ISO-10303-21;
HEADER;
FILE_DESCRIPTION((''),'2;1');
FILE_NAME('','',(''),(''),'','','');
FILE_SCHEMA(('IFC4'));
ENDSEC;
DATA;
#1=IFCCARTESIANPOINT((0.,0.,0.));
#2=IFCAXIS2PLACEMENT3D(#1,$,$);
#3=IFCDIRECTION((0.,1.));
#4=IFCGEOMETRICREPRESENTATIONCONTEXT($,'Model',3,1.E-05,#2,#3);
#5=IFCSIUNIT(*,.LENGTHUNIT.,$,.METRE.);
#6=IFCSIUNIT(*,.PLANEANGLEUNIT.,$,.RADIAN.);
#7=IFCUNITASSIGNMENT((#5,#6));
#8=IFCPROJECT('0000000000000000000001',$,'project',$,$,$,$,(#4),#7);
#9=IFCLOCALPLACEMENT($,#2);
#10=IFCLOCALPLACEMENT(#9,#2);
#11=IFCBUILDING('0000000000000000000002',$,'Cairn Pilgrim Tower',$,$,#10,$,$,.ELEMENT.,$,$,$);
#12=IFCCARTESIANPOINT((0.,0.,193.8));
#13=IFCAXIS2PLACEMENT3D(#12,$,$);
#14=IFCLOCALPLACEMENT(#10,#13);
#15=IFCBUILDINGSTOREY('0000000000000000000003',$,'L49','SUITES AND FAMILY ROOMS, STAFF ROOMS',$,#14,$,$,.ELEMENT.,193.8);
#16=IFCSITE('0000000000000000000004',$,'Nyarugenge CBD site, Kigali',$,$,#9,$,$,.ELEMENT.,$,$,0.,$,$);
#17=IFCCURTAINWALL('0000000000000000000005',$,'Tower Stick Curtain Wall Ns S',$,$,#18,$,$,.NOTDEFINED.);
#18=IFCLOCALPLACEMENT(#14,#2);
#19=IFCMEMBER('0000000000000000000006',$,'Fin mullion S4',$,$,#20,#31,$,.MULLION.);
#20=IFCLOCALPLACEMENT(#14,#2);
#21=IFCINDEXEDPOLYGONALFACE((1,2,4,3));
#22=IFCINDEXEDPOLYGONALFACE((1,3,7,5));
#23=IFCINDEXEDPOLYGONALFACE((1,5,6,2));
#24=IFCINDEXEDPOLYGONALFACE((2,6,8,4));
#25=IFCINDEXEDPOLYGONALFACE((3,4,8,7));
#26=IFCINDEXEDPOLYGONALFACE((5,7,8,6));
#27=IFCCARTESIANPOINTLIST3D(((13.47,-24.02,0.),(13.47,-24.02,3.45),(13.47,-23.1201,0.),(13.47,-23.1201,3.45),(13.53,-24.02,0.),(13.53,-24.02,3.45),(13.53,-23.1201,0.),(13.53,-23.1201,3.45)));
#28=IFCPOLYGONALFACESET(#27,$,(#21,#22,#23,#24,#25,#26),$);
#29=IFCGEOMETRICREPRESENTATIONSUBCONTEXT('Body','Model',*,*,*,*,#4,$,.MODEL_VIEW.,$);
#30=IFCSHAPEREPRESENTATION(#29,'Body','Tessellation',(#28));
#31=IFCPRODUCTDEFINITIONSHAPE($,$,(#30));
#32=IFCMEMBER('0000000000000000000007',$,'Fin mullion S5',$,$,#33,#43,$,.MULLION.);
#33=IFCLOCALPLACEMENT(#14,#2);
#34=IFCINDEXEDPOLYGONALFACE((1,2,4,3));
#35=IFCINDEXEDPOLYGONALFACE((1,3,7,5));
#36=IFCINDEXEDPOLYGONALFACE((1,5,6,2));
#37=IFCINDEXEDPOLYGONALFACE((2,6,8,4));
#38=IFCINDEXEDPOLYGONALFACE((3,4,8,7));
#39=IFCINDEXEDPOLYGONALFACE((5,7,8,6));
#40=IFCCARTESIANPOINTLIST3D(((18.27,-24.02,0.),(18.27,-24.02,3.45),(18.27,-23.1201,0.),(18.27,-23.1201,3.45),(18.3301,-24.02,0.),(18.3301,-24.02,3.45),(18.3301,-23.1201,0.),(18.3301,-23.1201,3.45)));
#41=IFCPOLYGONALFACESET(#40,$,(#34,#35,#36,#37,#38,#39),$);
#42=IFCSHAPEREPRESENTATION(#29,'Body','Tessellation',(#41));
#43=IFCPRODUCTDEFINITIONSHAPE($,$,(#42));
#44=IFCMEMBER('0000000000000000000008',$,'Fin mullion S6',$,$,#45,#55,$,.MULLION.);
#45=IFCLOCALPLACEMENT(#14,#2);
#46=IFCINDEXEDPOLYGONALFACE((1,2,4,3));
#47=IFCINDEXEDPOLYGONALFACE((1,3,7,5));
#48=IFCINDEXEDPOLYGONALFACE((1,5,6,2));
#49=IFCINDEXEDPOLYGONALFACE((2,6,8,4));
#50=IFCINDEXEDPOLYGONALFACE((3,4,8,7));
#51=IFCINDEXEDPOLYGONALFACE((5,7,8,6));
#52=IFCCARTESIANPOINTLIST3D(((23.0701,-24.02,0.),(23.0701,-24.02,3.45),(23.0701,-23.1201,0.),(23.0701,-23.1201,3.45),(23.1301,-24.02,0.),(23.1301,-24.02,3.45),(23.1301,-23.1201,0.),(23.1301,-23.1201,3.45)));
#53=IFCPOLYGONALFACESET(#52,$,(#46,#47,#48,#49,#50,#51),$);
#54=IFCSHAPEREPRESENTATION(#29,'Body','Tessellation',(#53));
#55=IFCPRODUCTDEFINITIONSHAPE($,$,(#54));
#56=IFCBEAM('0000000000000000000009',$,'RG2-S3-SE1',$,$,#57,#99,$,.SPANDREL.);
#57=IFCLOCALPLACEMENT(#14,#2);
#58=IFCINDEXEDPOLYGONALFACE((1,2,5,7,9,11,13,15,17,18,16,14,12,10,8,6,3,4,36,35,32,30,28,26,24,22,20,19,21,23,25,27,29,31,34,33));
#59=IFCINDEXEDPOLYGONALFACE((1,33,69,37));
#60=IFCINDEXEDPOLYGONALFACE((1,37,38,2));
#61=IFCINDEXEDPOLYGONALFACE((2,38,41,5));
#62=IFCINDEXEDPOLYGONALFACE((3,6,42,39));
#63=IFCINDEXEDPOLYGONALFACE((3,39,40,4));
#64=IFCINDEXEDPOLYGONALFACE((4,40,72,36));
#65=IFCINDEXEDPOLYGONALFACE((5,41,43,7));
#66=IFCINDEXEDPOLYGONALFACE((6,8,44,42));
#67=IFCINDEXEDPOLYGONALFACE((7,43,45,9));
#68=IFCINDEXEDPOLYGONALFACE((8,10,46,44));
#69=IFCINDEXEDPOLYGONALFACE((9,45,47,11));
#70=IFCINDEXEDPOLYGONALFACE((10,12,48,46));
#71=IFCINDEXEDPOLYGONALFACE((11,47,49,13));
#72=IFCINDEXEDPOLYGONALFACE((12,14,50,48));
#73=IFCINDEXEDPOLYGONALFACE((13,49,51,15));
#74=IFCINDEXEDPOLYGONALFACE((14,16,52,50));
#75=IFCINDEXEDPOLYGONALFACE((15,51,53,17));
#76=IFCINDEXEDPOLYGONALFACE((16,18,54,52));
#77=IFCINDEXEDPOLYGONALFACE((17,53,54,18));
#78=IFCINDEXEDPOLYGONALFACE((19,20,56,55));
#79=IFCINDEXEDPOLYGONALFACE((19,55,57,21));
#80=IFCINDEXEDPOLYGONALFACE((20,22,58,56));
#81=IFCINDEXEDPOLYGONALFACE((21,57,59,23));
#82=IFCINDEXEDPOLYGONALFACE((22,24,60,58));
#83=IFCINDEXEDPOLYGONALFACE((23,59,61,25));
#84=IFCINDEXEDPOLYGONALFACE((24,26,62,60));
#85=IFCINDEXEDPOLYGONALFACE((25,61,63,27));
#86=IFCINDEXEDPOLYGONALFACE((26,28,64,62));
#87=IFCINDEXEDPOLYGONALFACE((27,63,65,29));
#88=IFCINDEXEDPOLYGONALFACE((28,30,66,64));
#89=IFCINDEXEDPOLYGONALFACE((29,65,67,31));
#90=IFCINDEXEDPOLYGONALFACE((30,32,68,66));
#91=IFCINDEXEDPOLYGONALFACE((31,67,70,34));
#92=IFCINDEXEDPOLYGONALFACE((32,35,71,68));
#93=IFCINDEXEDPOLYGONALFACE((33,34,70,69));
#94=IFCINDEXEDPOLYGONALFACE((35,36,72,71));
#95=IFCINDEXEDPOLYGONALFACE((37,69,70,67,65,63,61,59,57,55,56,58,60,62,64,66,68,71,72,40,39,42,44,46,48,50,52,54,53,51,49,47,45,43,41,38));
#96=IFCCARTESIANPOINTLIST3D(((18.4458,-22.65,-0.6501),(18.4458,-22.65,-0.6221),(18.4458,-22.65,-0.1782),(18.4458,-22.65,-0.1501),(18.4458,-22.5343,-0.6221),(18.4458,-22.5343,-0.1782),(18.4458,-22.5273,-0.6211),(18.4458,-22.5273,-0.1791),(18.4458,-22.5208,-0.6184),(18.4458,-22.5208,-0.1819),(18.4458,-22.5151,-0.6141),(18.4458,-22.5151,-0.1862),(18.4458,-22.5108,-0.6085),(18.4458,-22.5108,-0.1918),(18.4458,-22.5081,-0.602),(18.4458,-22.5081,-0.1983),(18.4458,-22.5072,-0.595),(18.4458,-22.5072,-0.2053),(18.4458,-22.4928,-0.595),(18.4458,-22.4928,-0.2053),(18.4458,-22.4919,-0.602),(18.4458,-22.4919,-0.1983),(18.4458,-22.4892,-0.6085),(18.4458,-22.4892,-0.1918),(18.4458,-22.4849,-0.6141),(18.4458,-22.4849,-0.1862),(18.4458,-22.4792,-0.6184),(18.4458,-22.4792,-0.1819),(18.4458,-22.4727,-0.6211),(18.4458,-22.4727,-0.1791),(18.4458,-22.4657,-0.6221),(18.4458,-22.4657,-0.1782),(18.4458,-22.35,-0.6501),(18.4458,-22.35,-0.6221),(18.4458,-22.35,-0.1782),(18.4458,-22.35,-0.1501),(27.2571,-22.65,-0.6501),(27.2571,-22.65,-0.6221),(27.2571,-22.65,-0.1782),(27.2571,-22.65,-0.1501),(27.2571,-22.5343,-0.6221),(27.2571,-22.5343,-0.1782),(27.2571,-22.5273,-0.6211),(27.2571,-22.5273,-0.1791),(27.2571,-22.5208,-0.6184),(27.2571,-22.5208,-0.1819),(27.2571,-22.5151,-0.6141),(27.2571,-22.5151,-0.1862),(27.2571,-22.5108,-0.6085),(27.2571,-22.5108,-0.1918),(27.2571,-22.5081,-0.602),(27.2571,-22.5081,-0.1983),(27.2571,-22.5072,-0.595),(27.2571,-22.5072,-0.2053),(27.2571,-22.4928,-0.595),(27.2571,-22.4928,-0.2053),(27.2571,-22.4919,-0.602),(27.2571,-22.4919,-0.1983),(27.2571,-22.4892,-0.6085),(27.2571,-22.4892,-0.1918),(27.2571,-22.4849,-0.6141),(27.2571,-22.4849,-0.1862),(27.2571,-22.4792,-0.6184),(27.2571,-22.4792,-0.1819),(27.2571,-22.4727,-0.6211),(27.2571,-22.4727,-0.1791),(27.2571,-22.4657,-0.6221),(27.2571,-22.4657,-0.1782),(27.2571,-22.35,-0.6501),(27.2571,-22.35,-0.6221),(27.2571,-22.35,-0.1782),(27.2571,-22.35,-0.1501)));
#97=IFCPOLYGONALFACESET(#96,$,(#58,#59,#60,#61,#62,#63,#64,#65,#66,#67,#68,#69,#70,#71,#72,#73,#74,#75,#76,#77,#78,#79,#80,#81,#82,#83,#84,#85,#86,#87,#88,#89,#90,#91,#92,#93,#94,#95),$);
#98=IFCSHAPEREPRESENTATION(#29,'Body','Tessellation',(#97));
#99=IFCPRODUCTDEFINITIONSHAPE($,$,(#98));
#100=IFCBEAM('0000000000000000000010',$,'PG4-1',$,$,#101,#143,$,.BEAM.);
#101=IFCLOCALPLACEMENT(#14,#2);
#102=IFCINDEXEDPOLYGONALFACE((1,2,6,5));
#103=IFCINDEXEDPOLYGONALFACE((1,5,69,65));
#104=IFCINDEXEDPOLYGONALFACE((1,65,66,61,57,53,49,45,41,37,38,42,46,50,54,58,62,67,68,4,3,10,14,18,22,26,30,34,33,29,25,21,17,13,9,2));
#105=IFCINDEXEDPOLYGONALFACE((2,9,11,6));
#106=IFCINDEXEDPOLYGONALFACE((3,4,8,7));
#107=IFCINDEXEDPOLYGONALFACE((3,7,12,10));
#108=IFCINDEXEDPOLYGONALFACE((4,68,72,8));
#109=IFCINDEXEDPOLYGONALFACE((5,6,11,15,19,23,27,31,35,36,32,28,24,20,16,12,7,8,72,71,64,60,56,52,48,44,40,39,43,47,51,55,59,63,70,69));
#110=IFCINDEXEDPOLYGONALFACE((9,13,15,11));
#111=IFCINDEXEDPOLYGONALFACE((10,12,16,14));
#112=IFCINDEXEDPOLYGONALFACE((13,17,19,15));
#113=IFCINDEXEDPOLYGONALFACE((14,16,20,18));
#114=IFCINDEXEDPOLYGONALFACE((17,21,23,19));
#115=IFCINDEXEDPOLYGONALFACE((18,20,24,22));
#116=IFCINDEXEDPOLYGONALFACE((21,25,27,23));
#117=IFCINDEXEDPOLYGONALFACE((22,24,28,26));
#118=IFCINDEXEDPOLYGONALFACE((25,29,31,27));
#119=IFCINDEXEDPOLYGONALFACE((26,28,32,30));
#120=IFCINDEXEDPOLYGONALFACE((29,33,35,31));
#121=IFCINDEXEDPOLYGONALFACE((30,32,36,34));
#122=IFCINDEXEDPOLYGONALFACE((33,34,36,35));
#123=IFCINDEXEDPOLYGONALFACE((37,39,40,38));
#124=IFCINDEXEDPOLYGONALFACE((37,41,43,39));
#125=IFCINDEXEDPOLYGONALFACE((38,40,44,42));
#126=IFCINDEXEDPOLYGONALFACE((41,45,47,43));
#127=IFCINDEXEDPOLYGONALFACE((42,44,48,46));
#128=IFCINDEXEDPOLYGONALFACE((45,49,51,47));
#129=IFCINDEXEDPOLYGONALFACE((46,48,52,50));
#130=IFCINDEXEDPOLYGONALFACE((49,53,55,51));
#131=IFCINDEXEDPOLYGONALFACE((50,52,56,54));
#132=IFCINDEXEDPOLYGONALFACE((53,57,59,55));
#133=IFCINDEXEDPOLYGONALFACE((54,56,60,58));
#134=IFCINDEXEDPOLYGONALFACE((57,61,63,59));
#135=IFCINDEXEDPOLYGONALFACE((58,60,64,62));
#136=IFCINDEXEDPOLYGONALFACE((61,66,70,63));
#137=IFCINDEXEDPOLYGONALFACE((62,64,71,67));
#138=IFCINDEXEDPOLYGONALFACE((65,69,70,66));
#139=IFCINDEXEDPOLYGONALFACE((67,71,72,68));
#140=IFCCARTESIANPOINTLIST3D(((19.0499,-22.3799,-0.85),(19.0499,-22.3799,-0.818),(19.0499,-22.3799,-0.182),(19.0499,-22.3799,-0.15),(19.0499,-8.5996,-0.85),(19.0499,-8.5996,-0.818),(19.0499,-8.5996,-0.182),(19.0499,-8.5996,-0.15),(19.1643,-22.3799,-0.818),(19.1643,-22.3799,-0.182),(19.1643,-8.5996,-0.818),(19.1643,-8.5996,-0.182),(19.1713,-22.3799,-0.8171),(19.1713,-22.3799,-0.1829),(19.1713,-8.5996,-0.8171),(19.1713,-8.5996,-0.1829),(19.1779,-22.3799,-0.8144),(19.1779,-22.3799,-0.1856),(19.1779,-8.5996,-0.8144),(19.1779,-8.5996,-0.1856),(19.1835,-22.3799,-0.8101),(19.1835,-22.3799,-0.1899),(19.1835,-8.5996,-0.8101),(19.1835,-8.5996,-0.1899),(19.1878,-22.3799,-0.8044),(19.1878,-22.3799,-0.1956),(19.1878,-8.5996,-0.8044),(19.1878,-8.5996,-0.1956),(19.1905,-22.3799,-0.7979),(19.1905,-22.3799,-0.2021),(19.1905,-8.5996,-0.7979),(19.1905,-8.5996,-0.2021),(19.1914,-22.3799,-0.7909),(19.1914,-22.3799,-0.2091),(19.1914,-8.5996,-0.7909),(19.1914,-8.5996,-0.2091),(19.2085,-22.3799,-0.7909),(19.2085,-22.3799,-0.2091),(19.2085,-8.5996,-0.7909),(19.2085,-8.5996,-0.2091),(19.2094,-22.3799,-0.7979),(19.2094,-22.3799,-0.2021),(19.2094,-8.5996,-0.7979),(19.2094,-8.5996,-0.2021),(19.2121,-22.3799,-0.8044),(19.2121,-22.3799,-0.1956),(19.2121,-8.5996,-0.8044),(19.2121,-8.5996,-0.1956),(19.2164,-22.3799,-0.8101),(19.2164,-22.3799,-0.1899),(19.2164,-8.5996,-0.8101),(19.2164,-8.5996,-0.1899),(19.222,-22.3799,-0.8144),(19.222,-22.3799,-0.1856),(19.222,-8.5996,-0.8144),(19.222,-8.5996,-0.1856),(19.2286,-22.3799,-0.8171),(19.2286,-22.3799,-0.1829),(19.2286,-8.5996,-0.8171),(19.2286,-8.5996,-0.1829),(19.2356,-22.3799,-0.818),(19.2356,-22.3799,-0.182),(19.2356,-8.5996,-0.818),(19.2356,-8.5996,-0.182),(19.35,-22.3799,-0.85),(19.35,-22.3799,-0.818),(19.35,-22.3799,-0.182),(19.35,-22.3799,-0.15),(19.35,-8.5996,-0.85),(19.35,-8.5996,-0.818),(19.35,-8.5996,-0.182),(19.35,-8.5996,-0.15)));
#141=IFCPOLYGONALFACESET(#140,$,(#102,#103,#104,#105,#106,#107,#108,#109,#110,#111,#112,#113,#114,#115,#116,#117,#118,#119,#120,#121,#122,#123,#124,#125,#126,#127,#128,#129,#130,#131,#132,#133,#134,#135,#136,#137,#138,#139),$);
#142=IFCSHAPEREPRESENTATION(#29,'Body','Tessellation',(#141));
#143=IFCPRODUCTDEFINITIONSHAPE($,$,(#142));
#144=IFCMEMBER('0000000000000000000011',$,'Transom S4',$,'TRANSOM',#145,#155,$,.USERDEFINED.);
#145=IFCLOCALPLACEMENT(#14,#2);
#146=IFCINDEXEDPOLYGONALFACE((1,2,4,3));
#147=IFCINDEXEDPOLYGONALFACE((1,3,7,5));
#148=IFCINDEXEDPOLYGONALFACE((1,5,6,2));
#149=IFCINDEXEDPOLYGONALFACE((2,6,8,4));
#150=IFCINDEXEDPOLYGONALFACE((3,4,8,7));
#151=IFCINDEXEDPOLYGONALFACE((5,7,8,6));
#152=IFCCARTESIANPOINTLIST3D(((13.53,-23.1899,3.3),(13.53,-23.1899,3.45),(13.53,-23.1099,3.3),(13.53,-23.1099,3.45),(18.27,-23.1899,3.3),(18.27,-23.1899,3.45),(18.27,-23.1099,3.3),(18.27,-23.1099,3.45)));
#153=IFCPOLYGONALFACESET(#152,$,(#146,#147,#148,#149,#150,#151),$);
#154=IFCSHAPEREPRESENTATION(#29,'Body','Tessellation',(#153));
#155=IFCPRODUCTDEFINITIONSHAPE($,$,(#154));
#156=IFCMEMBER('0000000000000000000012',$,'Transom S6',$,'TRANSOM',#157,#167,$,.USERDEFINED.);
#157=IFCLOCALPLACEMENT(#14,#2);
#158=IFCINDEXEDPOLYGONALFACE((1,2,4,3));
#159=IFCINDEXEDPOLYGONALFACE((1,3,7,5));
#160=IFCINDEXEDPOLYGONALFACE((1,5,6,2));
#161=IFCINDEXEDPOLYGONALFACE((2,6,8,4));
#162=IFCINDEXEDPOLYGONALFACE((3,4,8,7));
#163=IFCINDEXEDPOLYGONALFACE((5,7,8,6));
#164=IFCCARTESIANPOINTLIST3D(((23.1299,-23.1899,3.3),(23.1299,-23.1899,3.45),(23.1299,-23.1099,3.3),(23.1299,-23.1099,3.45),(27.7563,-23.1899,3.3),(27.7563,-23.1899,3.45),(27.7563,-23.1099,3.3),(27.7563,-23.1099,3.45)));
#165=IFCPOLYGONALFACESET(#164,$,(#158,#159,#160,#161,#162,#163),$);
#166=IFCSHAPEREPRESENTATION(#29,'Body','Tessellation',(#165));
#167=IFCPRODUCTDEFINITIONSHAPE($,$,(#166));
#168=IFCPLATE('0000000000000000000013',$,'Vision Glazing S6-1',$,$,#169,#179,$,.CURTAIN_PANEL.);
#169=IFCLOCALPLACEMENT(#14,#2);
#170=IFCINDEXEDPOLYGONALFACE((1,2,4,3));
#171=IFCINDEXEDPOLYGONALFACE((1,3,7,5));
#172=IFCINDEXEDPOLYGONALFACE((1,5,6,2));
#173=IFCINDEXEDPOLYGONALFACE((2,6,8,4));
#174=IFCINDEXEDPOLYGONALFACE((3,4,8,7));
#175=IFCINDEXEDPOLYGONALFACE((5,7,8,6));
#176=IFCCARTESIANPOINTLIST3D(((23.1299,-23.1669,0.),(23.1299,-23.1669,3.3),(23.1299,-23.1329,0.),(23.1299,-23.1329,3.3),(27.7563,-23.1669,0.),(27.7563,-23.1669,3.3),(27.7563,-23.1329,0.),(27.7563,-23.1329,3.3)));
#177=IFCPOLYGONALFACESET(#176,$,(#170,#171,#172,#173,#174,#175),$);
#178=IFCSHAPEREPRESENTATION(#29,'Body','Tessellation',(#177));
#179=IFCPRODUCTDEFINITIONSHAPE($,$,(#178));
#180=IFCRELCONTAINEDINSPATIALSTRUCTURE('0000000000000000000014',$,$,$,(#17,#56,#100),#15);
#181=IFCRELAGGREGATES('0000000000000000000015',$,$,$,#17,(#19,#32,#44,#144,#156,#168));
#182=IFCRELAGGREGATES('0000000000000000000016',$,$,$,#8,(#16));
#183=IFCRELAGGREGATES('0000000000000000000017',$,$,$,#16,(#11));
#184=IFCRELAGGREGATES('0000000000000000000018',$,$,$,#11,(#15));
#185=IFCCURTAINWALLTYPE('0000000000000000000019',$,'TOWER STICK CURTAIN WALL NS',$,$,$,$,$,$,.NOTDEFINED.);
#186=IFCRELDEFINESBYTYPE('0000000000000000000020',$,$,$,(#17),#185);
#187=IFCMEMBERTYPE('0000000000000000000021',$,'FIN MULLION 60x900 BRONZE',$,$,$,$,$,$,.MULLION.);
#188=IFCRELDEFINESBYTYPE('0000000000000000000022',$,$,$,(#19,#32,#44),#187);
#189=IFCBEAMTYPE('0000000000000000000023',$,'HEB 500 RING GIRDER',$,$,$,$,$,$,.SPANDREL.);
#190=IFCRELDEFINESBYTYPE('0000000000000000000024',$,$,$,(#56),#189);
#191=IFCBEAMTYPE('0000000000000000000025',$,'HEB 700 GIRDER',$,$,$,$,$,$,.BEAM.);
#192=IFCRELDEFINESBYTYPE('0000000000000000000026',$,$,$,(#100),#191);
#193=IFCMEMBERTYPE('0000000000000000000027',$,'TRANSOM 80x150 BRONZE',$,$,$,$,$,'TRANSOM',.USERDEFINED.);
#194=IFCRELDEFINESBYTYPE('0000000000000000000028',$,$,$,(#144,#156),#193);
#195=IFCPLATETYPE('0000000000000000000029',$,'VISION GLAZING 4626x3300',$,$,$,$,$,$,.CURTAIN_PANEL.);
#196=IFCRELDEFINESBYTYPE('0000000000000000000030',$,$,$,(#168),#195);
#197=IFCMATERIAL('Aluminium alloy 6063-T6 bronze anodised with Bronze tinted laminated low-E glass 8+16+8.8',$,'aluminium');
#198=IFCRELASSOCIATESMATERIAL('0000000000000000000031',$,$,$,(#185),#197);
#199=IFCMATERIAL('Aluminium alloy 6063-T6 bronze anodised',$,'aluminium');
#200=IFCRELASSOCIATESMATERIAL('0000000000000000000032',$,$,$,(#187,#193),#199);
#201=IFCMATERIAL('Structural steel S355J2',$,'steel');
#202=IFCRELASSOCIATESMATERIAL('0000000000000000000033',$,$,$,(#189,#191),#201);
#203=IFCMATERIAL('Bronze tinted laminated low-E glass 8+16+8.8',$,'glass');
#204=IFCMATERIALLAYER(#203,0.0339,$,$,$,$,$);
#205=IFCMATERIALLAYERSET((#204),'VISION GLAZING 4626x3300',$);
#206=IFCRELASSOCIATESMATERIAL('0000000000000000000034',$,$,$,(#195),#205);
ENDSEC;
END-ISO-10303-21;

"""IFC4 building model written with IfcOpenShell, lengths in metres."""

from ifc_helpers import new_model, si_unit, direction, frame, origin, origin_2d, place, context, subcontext, project, spatial, rectangle, i_section, extrude, material, layer, layer_set, material_profile, profile_set, type_object, element, aggregate, save


model = new_model("IFC4")

# Units and contexts
model_context = context("Model", 3, precision=1e-05, world=origin(), true_north=direction((0.0, 1.0)))
body_context = subcontext(model_context, "Body", "Model", "MODEL_VIEW")
ifc_project = project(units=[si_unit("LENGTHUNIT", "METRE"), si_unit("PLANEANGLEUNIT", "RADIAN")], contexts=[model_context])

# Site, building, storey
site_placement = place(None, origin())
site = spatial("IfcSite", under=ifc_project, at=site_placement, Name="Nyarugenge CBD site, Kigali", CompositionType="ELEMENT", RefElevation=0.0)
building_placement = place(site_placement, origin())
building = spatial("IfcBuilding", under=site, at=building_placement, Name="Cairn Pilgrim Tower", CompositionType="ELEMENT")
storey_placement = place(building_placement, frame((0.0, 0.0, 193.8)))
storey = spatial("IfcBuildingStorey", under=building, at=storey_placement, Name="L49", Description="SUITES AND FAMILY ROOMS, STAFF ROOMS", CompositionType="ELEMENT", Elevation=193.8)

# Curtain wall, members
ifc_material_1 = material(Name="Aluminium alloy 6063-T6 bronze anodised with Bronze tinted laminated low-E glass 8+16+8.8", Category="aluminium")
curtain_wall_type = type_object("IfcCurtainWallType", Name="TOWER STICK CURTAIN WALL NS", PredefinedType="NOTDEFINED", material=ifc_material_1)
curtain_wall_placement = place(storey_placement, origin())
curtain_wall = element("IfcCurtainWall", 1, at=curtain_wall_placement, inside=storey, type_object=curtain_wall_type, Name="Tower Stick Curtain Wall Ns S", PredefinedType="NOTDEFINED")
ifc_material_2 = material(Name="Aluminium alloy 6063-T6 bronze anodised", Category="aluminium")
ifc_material_profile_1 = material_profile(ifc_material_2, rectangle(XDim=0.8999, YDim=0.0601, at=origin_2d()), Name="FIN MULLION 60x900 BRONZE")
ifc_profile_set_1 = profile_set([ifc_material_profile_1], Name="Aluminium alloy 6063-T6 bronze anodised")
member_type_1 = type_object("IfcMemberType", Name="FIN MULLION 60x900 BRONZE", PredefinedType="MULLION", material=ifc_profile_set_1)
member_1_placement = place(storey_placement, frame((13.5, -23.5701, 0.0), z_axis=(0.0, 0.0, 1.0), x_axis=(0.0, -1.0, 0.0)))
member_1 = element("IfcMember", 2, at=member_1_placement, type_object=member_type_1, Name="Fin mullion S4", PredefinedType="MULLION", context=body_context, shape_type="SweptSolid", body=[
    extrude(rectangle(XDim=0.8999, YDim=0.0601, at=origin_2d()), origin(), (0.0, 0.0, 1.0), 3.45),
])
member_2_placement = place(storey_placement, frame((18.3, -23.5701, 0.0), z_axis=(0.0, 0.0, 1.0), x_axis=(0.0, -1.0, 0.0)))
member_2 = element("IfcMember", 3, at=member_2_placement, type_object=member_type_1, Name="Fin mullion S5", PredefinedType="MULLION", context=body_context, shape_type="SweptSolid", body=[
    extrude(rectangle(XDim=0.8999, YDim=0.0601, at=origin_2d()), origin(), (0.0, 0.0, 1.0), 3.45),
])
member_3_placement = place(storey_placement, frame((23.1001, -23.5701, 0.0), z_axis=(0.0, 0.0, 1.0), x_axis=(0.0, -1.0, 0.0)))
member_3 = element("IfcMember", 4, at=member_3_placement, type_object=member_type_1, Name="Fin mullion S6", PredefinedType="MULLION", context=body_context, shape_type="SweptSolid", body=[
    extrude(rectangle(XDim=0.8999, YDim=0.0601, at=origin_2d()), origin(), (0.0, 0.0, 1.0), 3.45),
])

# Beams
ifc_material_3 = material(Name="Structural steel S355J2", Category="steel")
ifc_material_profile_2 = material_profile(ifc_material_3, i_section(OverallWidth=0.3, OverallDepth=0.5, WebThickness=0.0144, FlangeThickness=0.0281, FilletRadius=0.0271, at=origin_2d()), Name="HEB 500")
ifc_profile_set_2 = profile_set([ifc_material_profile_2], Name="Structural steel S355J2")
beam_type_1 = type_object("IfcBeamType", Name="HEB 500 RING GIRDER", PredefinedType="SPANDREL", material=ifc_profile_set_2)
beam_1_placement = place(storey_placement, frame((18.4458, -22.5, -0.4001), z_axis=(1.0, 0.0, 0.0), x_axis=(0.0, 1.0, 0.0)))
element("IfcBeam", 5, at=beam_1_placement, inside=storey, type_object=beam_type_1, Name="RG2-S3-SE1", PredefinedType="SPANDREL", context=body_context, shape_type="SweptSolid", body=[
    extrude(i_section(OverallWidth=0.3, OverallDepth=0.5, WebThickness=0.0144, FlangeThickness=0.0281, FilletRadius=0.0271, at=origin_2d()), origin(), (0.0, 0.0, 1.0), 8.8113),
])
ifc_material_profile_3 = material_profile(ifc_material_3, i_section(OverallWidth=0.3, OverallDepth=0.7, WebThickness=0.0171, FlangeThickness=0.032, FilletRadius=0.0271, at=origin_2d()), Name="HEB 700")
ifc_profile_set_3 = profile_set([ifc_material_profile_3], Name="Structural steel S355J2")
beam_type_2 = type_object("IfcBeamType", Name="HEB 700 GIRDER", PredefinedType="BEAM", material=ifc_profile_set_3)
beam_2_placement = place(storey_placement, frame((19.2, -22.3799, -0.5), z_axis=(0.0, 1.0, 0.0), x_axis=(-1.0, 0.0, 0.0)))
element("IfcBeam", 6, at=beam_2_placement, inside=storey, type_object=beam_type_2, Name="PG4-1", PredefinedType="BEAM", context=body_context, shape_type="SweptSolid", body=[
    extrude(i_section(OverallWidth=0.3, OverallDepth=0.7, WebThickness=0.0171, FlangeThickness=0.032, FilletRadius=0.0271, at=origin_2d()), origin(), (0.0, 0.0, 1.0), 13.7803),
])

# Members
ifc_material_profile_4 = material_profile(ifc_material_2, rectangle(XDim=0.0801, YDim=0.1499, at=origin_2d()), Name="TRANSOM 80x150 BRONZE")
ifc_profile_set_4 = profile_set([ifc_material_profile_4], Name="Aluminium alloy 6063-T6 bronze anodised")
member_type_2 = type_object("IfcMemberType", Name="TRANSOM 80x150 BRONZE", ElementType="TRANSOM", PredefinedType="USERDEFINED", material=ifc_profile_set_4)
member_4_placement = place(storey_placement, frame((13.53, -23.1499, 3.375), z_axis=(1.0, 0.0, 0.0), x_axis=(0.0, 1.0, 0.0)))
member_4 = element("IfcMember", 7, at=member_4_placement, type_object=member_type_2, Name="Transom S4", ObjectType="TRANSOM", PredefinedType="USERDEFINED", context=body_context, shape_type="SweptSolid", body=[
    extrude(rectangle(XDim=0.0801, YDim=0.1499, at=origin_2d()), origin(), (0.0, 0.0, 1.0), 4.74),
])
member_5_placement = place(storey_placement, frame((23.1299, -23.1499, 3.375), z_axis=(1.0, 0.0, 0.0), x_axis=(0.0, 1.0, 0.0)))
member_5 = element("IfcMember", 8, at=member_5_placement, type_object=member_type_2, Name="Transom S6", ObjectType="TRANSOM", PredefinedType="USERDEFINED", context=body_context, shape_type="SweptSolid", body=[
    extrude(rectangle(XDim=0.0801, YDim=0.1499, at=origin_2d()), origin(), (0.0, 0.0, 1.0), 4.6265),
])

# Plate
ifc_material_4 = material(Name="Bronze tinted laminated low-E glass 8+16+8.8", Category="glass")
ifc_layer_1 = layer(ifc_material_4, 0.0339)
ifc_layer_set_1 = layer_set([ifc_layer_1], Name="VISION GLAZING 4626x3300")
plate_type_1 = type_object("IfcPlateType", Name="VISION GLAZING 4626x3300", PredefinedType="CURTAIN_PANEL", material=ifc_layer_set_1)
plate_1_placement = place(storey_placement, frame((25.4431, -23.1499, 0.0), z_axis=(0.0, 0.0, 1.0), x_axis=(1.0, 0.0, 0.0)))
plate_1 = element("IfcPlate", 9, at=plate_1_placement, type_object=plate_type_1, Name="Vision Glazing S6-1", PredefinedType="CURTAIN_PANEL", context=body_context, shape_type="SweptSolid", body=[
    extrude(rectangle(XDim=4.6265, YDim=0.0339, at=origin_2d()), origin(), (0.0, 0.0, 1.0), 3.3),
])
aggregate(curtain_wall, [member_1, member_2, member_3, member_4, member_5, plate_1])

save(model, "model.ifc")
